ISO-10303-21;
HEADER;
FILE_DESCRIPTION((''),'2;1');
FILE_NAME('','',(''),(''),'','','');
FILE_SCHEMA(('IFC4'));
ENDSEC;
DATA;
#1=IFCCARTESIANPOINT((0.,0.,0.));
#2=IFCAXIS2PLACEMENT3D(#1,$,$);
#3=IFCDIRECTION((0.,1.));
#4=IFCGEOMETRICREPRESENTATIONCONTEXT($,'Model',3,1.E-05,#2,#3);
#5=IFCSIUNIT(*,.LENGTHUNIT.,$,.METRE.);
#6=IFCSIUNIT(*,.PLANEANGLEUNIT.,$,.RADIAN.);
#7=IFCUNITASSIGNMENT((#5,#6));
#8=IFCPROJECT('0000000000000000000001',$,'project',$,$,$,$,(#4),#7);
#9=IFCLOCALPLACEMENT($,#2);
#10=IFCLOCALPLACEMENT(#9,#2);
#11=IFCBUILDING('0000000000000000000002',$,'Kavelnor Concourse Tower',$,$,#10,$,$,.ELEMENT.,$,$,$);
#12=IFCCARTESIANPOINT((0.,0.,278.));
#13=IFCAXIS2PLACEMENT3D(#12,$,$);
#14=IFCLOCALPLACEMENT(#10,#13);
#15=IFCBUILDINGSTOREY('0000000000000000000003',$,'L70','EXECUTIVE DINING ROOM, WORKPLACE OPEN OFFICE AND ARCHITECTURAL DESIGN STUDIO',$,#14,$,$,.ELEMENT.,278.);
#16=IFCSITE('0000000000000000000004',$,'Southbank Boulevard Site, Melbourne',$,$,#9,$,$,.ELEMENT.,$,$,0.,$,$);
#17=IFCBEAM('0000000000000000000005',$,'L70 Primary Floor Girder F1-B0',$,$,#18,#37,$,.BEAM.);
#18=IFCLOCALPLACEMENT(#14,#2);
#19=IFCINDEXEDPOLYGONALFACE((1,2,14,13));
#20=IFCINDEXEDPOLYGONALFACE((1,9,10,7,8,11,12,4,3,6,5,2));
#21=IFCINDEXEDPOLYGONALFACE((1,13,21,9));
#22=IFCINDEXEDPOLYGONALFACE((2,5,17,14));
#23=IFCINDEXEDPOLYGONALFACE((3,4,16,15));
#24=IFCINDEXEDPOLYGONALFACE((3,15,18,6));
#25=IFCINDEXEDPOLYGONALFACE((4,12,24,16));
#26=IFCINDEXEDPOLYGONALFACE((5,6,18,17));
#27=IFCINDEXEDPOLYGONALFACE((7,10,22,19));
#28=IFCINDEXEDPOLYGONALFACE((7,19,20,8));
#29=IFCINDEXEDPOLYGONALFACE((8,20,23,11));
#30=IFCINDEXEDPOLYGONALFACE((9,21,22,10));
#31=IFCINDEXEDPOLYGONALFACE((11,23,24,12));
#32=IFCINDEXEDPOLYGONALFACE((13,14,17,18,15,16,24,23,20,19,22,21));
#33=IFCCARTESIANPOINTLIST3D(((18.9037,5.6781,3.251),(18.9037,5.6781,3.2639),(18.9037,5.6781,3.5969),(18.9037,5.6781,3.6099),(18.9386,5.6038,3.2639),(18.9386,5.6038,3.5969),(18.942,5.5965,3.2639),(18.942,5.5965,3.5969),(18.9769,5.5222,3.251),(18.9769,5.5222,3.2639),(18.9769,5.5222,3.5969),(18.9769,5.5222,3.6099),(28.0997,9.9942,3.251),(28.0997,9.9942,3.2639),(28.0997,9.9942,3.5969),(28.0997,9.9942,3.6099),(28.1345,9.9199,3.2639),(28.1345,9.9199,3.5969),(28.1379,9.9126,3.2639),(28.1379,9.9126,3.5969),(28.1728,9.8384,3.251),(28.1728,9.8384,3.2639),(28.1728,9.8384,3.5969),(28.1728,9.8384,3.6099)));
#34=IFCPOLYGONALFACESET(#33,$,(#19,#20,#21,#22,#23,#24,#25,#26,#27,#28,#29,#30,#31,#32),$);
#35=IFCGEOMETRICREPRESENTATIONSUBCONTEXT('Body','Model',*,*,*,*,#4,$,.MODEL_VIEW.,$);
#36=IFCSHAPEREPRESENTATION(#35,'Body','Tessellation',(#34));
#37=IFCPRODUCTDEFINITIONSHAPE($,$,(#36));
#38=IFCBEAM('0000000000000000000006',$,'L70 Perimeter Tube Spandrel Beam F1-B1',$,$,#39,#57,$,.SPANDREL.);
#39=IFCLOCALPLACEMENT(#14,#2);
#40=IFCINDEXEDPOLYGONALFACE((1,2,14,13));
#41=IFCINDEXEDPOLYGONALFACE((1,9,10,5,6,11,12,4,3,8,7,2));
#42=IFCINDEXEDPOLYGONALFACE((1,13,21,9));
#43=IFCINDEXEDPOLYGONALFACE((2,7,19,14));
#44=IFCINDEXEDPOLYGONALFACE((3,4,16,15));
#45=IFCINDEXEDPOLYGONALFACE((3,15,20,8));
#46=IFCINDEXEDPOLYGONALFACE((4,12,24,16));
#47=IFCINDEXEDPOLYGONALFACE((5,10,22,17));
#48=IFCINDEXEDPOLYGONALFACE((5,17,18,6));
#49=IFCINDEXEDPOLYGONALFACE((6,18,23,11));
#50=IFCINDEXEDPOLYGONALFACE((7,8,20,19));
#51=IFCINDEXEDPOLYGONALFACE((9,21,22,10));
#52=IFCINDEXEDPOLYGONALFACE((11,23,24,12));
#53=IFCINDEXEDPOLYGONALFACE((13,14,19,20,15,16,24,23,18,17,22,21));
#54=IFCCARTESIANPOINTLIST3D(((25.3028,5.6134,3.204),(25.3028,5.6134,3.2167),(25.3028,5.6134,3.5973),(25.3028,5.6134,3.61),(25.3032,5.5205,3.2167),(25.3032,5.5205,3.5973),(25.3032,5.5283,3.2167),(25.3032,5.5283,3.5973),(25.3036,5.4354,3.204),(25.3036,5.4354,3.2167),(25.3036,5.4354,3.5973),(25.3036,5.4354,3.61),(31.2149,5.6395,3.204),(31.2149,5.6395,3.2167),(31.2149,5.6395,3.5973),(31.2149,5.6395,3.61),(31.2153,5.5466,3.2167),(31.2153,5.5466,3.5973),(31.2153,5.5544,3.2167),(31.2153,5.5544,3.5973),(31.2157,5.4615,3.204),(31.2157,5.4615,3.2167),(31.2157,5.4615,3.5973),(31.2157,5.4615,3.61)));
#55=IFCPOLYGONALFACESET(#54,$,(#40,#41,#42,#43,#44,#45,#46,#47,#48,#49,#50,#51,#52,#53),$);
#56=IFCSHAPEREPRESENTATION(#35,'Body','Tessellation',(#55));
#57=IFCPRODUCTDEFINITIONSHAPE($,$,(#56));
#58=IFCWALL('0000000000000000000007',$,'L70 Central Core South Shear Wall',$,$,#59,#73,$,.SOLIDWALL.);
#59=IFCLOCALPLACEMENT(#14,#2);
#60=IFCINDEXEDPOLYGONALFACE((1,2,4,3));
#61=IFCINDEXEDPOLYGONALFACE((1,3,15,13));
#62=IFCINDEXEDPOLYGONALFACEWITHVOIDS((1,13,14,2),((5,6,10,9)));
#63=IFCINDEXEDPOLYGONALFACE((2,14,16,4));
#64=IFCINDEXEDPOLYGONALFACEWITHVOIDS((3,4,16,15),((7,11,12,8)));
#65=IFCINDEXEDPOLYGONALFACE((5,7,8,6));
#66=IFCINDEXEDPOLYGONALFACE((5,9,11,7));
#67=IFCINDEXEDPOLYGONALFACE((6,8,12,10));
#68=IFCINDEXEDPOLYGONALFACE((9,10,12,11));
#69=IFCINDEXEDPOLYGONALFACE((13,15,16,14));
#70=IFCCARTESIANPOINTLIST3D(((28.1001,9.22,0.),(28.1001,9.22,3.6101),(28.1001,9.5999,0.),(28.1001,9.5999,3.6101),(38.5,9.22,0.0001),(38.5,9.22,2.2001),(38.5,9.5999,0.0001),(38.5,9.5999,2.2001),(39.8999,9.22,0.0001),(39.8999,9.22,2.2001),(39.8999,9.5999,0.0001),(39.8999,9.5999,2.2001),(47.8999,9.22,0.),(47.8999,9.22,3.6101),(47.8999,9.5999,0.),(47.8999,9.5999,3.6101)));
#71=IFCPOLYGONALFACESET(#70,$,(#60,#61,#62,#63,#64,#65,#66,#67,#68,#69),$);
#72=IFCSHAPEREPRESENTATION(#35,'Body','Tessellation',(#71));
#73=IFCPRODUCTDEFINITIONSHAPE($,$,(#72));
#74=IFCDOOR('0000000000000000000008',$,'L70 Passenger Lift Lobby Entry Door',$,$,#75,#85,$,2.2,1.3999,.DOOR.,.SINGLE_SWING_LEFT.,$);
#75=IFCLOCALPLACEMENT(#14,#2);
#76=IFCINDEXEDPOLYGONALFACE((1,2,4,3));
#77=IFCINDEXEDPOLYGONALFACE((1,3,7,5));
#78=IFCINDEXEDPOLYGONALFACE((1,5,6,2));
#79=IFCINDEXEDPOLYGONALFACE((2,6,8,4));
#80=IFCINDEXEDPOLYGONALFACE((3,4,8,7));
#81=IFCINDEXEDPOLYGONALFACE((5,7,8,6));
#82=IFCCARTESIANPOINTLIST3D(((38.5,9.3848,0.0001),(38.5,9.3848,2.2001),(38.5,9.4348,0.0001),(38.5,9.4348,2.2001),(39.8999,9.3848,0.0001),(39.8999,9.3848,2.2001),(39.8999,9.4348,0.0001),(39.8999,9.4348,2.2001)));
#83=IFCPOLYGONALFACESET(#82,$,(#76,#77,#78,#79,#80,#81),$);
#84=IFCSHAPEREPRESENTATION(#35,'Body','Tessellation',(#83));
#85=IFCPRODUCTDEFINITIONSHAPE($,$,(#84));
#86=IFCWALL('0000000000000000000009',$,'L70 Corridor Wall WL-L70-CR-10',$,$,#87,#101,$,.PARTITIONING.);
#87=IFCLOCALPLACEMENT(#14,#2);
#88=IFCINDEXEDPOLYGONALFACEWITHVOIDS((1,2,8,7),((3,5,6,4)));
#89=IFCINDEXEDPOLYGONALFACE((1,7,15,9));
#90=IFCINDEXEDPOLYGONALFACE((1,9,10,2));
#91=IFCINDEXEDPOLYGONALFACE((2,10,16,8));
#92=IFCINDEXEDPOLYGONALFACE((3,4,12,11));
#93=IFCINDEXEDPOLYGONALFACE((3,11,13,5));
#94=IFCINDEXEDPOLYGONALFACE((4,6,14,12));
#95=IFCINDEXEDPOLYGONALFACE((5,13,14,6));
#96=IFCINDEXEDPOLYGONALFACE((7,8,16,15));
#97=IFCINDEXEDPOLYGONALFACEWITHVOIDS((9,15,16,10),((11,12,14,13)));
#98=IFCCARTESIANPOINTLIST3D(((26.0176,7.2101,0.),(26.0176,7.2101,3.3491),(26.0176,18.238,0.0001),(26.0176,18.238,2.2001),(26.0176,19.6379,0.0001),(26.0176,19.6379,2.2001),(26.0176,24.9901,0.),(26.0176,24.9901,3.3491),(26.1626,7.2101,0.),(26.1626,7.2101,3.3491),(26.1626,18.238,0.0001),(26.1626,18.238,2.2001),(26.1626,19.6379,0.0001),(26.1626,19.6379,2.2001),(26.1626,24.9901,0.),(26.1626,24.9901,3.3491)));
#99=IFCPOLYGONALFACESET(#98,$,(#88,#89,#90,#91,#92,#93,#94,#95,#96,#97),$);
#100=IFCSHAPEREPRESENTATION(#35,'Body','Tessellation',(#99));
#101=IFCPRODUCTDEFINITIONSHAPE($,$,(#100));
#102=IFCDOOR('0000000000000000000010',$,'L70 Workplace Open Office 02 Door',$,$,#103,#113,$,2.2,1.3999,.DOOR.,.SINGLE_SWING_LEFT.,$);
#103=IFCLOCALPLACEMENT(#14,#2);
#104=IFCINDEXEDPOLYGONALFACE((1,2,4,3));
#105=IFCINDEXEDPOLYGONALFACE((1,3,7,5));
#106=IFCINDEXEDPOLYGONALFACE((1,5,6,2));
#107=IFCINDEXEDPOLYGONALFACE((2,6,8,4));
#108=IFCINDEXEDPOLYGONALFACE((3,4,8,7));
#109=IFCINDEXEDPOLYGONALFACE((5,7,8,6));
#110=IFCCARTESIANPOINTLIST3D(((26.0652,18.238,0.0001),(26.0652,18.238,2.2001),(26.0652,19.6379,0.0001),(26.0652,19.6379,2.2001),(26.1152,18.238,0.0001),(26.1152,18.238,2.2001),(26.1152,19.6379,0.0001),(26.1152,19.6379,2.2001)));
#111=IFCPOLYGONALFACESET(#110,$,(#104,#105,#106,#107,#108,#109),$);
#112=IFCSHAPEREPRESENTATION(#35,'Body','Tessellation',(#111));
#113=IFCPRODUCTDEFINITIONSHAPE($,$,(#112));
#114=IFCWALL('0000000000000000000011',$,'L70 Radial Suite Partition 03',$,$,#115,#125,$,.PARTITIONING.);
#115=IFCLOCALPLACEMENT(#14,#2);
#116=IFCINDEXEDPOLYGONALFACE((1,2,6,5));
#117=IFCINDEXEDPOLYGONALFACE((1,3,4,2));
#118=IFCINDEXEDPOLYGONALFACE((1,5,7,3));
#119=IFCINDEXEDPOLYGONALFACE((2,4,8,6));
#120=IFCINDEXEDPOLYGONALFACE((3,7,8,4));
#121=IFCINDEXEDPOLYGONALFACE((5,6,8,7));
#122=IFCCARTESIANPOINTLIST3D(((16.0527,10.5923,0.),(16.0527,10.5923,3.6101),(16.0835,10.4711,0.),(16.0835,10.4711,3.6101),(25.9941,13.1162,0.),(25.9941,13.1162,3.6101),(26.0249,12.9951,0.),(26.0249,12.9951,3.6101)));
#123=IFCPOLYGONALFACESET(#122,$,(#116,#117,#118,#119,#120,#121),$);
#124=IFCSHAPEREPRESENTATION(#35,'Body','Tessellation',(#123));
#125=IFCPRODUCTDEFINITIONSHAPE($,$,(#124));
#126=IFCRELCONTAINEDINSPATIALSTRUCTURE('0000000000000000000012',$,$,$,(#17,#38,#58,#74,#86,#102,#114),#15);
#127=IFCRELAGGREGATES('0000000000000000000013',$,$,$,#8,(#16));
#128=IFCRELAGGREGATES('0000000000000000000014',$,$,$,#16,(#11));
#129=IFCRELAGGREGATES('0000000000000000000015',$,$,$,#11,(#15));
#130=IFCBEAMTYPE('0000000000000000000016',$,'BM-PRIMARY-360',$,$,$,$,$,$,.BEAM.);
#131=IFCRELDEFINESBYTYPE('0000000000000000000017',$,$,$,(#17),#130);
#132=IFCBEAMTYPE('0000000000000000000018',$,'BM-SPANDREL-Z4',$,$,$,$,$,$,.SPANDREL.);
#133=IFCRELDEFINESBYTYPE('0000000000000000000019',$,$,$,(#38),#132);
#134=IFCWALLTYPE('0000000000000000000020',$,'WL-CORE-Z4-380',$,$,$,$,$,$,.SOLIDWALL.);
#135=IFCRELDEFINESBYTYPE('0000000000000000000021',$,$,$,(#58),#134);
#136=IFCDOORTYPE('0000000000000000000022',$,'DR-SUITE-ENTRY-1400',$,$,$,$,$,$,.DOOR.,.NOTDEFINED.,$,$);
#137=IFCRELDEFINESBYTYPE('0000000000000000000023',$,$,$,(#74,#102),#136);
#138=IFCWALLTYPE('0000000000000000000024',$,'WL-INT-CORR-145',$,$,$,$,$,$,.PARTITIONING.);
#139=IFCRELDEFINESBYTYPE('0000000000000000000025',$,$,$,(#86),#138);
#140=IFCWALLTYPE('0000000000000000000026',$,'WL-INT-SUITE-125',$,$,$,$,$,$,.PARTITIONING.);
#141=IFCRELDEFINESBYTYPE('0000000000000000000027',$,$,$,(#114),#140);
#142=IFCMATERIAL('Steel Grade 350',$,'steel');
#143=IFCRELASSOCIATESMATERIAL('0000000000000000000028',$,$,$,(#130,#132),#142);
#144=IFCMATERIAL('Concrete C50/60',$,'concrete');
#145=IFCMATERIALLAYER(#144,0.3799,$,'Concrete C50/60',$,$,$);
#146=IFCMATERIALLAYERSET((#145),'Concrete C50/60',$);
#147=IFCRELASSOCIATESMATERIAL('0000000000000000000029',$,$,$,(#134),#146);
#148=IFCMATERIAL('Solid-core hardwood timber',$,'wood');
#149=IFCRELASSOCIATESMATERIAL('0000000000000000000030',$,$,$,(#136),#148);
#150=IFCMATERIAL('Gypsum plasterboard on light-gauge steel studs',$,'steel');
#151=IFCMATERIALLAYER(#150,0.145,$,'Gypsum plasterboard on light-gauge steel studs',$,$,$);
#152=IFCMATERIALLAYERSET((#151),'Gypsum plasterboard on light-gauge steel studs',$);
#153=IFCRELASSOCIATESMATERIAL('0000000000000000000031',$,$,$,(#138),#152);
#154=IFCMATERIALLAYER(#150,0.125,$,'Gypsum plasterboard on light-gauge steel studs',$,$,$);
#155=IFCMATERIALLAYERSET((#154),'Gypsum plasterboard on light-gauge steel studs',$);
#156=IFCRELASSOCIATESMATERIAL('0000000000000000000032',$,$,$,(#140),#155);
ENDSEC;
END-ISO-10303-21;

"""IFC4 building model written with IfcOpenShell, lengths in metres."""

from ifc_helpers import new_model, si_unit, direction, frame, frame_2d, origin, origin_2d, place, context, subcontext, project, spatial, rectangle, i_section, extrude, material, layer, layer_set, material_profile, profile_set, type_object, element, fill, save


model = new_model("IFC4")

# Units and contexts
model_context = context("Model", 3, precision=1e-05, world=origin(), true_north=direction((0.0, 1.0)))
body_context = subcontext(model_context, "Body", "Model", "MODEL_VIEW")
ifc_project = project(units=[si_unit("LENGTHUNIT", "METRE"), si_unit("PLANEANGLEUNIT", "RADIAN")], contexts=[model_context])

# Site, building, storey
site_placement = place(None, origin())
site = spatial("IfcSite", under=ifc_project, at=site_placement, Name="Southbank Boulevard Site, Melbourne", CompositionType="ELEMENT", RefElevation=0.0)
building_placement = place(site_placement, origin())
building = spatial("IfcBuilding", under=site, at=building_placement, Name="Kavelnor Concourse Tower", CompositionType="ELEMENT")
storey_placement = place(building_placement, frame((0.0, 0.0, 278.0)))
storey = spatial("IfcBuildingStorey", under=building, at=storey_placement, Name="L70", Description="EXECUTIVE DINING ROOM, WORKPLACE OPEN OFFICE AND ARCHITECTURAL DESIGN STUDIO", CompositionType="ELEMENT", Elevation=278.0)

# Shared definitions
ifc_material_1 = material(Name="Steel Grade 350", Category="steel")

# Beams
ifc_material_profile_1 = material_profile(ifc_material_1, i_section(OverallWidth=0.1721, OverallDepth=0.3589, WebThickness=0.0081, FlangeThickness=0.0129, at=origin_2d()), Name="360UB56")
ifc_profile_set_1 = profile_set([ifc_material_profile_1], Name="Steel Grade 350")
beam_type_1 = type_object("IfcBeamType", Name="BM-PRIMARY-360", PredefinedType="BEAM", material=ifc_profile_set_1)
beam_1_placement = place(storey_placement, frame((28.1362, 9.9163, 3.4304), z_axis=(-0.90525, -0.424879, 0.0), x_axis=(0.424879, -0.90525, 0.0)))
element("IfcBeam", 1, at=beam_1_placement, inside=storey, type_object=beam_type_1, Name="L70 Primary Floor Girder F1-B0", PredefinedType="BEAM", context=body_context, shape_type="SweptSolid", body=[
    extrude(i_section(OverallWidth=0.1721, OverallDepth=0.3589, WebThickness=0.0081, FlangeThickness=0.0129, at=origin_2d()), origin(), (0.0, 0.0, 1.0), 10.1584),
])
ifc_material_profile_2 = material_profile(ifc_material_1, i_section(OverallWidth=0.178, OverallDepth=0.406, WebThickness=0.0078, FlangeThickness=0.0127, at=origin_2d()), Name="410UB59")
ifc_profile_set_2 = profile_set([ifc_material_profile_2], Name="Steel Grade 350")
beam_type_2 = type_object("IfcBeamType", Name="BM-SPANDREL-Z4", PredefinedType="SPANDREL", material=ifc_profile_set_2)
beam_2_placement = place(storey_placement, frame((25.3032, 5.5244, 3.407), z_axis=(0.99999, 0.004419, 0.0), x_axis=(-0.004419, 0.99999, 0.0)))
element("IfcBeam", 2, at=beam_2_placement, inside=storey, type_object=beam_type_2, Name="L70 Perimeter Tube Spandrel Beam F1-B1", PredefinedType="SPANDREL", context=body_context, shape_type="SweptSolid", body=[
    extrude(i_section(OverallWidth=0.178, OverallDepth=0.406, WebThickness=0.0078, FlangeThickness=0.0127, at=origin_2d()), origin(), (0.0, 0.0, 1.0), 5.9121),
])

# Walls, openings, doors
ifc_material_2 = material(Name="Concrete C50/60", Category="concrete")
ifc_layer_1 = layer(ifc_material_2, 0.3799, Name="Concrete C50/60")
ifc_layer_set_1 = layer_set([ifc_layer_1], Name="Concrete C50/60")
wall_type_1 = type_object("IfcWallType", Name="WL-CORE-Z4-380", PredefinedType="SOLIDWALL", material=ifc_layer_set_1)
wall_1_placement = place(storey_placement, frame((28.1001, 9.4099, 0.0), z_axis=(0.0, 0.0, 1.0), x_axis=(1.0, 0.0, 0.0)))
wall_1 = element("IfcWall", 3, at=wall_1_placement, inside=storey, type_object=wall_type_1, Name="L70 Central Core South Shear Wall", PredefinedType="SOLIDWALL", context=body_context, shape_type="SweptSolid", body=[
    extrude(rectangle(XDim=19.7998, YDim=0.3799, at=frame_2d((9.8999, 0.0))), origin(), (0.0, 0.0, 1.0), 3.6101),
])
opening_1_placement = place(wall_1_placement, frame((10.3999, 0.0, 0.0)))
opening_1 = element("IfcOpeningElement", 4, at=opening_1_placement, cuts=wall_1, PredefinedType="OPENING", context=body_context, shape_type="SweptSolid", body=[
    extrude(rectangle(XDim=1.3999, YDim=2.2, at=frame_2d((0.7, 1.1001))), frame((0.0, 0.2, 0.0), z_axis=(0.0, -1.0, 0.0), x_axis=(1.0, 0.0, 0.0)), (0.0, 0.0, 1.0), 0.3999),
])
ifc_material_3 = material(Name="Solid-core hardwood timber", Category="wood")
door_type = type_object("IfcDoorType", Name="DR-SUITE-ENTRY-1400", OperationType="NOTDEFINED", PredefinedType="DOOR", material=ifc_material_3)
door_1_placement = place(opening_1_placement, origin())
door_1 = element("IfcDoor", 5, at=door_1_placement, inside=storey, type_object=door_type, Name="L70 Passenger Lift Lobby Entry Door", OperationType="SINGLE_SWING_LEFT", OverallHeight=2.2, OverallWidth=1.3999, PredefinedType="DOOR", context=body_context, shape_type="SweptSolid", body=[
    extrude(rectangle(XDim=1.3999, YDim=2.2, at=frame_2d((0.7, 1.1001))), frame((0.0, 0.0249, 0.0), z_axis=(0.0, -1.0, 0.0), x_axis=(1.0, 0.0, 0.0)), (0.0, 0.0, 1.0), 0.05),
])
fill(opening_1, door_1)
ifc_material_4 = material(Name="Gypsum plasterboard on light-gauge steel studs", Category="steel")
ifc_layer_2 = layer(ifc_material_4, 0.145, Name="Gypsum plasterboard on light-gauge steel studs")
ifc_layer_set_2 = layer_set([ifc_layer_2], Name="Gypsum plasterboard on light-gauge steel studs")
wall_type_2 = type_object("IfcWallType", Name="WL-INT-CORR-145", PredefinedType="PARTITIONING", material=ifc_layer_set_2)
wall_2_placement = place(storey_placement, frame((26.0901, 7.21, 0.0), z_axis=(0.0, 0.0, 1.0), x_axis=(0.0, 1.0, 0.0)))
wall_2 = element("IfcWall", 6, at=wall_2_placement, inside=storey, type_object=wall_type_2, Name="L70 Corridor Wall WL-L70-CR-10", PredefinedType="PARTITIONING", context=body_context, shape_type="SweptSolid", body=[
    extrude(rectangle(XDim=17.78, YDim=0.145, at=frame_2d((8.8901, 0.0))), origin(), (0.0, 0.0, 1.0), 3.3491),
])
opening_2_placement = place(wall_2_placement, frame((11.0281, 0.0, 0.0)))
opening_2 = element("IfcOpeningElement", 7, at=opening_2_placement, cuts=wall_2, PredefinedType="OPENING", context=body_context, shape_type="SweptSolid", body=[
    extrude(rectangle(XDim=1.3999, YDim=2.2, at=frame_2d((0.7, 1.1001))), frame((0.0, 0.0825, 0.0), z_axis=(0.0, -1.0, 0.0), x_axis=(1.0, 0.0, 0.0)), (0.0, 0.0, 1.0), 0.165),
])
door_2_placement = place(opening_2_placement, origin())
door_2 = element("IfcDoor", 8, at=door_2_placement, inside=storey, type_object=door_type, Name="L70 Workplace Open Office 02 Door", OperationType="SINGLE_SWING_LEFT", OverallHeight=2.2, OverallWidth=1.3999, PredefinedType="DOOR", context=body_context, shape_type="SweptSolid", body=[
    extrude(rectangle(XDim=1.3999, YDim=2.2, at=frame_2d((0.7, 1.1001))), frame((0.0, 0.0249, 0.0), z_axis=(0.0, -1.0, 0.0), x_axis=(1.0, 0.0, 0.0)), (0.0, 0.0, 1.0), 0.05),
])
fill(opening_2, door_2)

# Wall
ifc_layer_3 = layer(ifc_material_4, 0.125, Name="Gypsum plasterboard on light-gauge steel studs")
ifc_layer_set_3 = layer_set([ifc_layer_3], Name="Gypsum plasterboard on light-gauge steel studs")
wall_type_3 = type_object("IfcWallType", Name="WL-INT-SUITE-125", PredefinedType="PARTITIONING", material=ifc_layer_set_3)
wall_3_placement = place(storey_placement, frame((26.0095, 13.0557, 0.0), z_axis=(0.0, 0.0, 1.0), x_axis=(-0.969251, -0.246074, 0.0)))
element("IfcWall", 9, at=wall_3_placement, inside=storey, type_object=wall_type_3, Name="L70 Radial Suite Partition 03", PredefinedType="PARTITIONING", context=body_context, shape_type="SweptSolid", body=[
    extrude(rectangle(XDim=10.2568, YDim=0.125, at=frame_2d((5.1284, 0.0))), origin(), (0.0, 0.0, 1.0), 3.6101),
])

save(model, "model.ifc")
